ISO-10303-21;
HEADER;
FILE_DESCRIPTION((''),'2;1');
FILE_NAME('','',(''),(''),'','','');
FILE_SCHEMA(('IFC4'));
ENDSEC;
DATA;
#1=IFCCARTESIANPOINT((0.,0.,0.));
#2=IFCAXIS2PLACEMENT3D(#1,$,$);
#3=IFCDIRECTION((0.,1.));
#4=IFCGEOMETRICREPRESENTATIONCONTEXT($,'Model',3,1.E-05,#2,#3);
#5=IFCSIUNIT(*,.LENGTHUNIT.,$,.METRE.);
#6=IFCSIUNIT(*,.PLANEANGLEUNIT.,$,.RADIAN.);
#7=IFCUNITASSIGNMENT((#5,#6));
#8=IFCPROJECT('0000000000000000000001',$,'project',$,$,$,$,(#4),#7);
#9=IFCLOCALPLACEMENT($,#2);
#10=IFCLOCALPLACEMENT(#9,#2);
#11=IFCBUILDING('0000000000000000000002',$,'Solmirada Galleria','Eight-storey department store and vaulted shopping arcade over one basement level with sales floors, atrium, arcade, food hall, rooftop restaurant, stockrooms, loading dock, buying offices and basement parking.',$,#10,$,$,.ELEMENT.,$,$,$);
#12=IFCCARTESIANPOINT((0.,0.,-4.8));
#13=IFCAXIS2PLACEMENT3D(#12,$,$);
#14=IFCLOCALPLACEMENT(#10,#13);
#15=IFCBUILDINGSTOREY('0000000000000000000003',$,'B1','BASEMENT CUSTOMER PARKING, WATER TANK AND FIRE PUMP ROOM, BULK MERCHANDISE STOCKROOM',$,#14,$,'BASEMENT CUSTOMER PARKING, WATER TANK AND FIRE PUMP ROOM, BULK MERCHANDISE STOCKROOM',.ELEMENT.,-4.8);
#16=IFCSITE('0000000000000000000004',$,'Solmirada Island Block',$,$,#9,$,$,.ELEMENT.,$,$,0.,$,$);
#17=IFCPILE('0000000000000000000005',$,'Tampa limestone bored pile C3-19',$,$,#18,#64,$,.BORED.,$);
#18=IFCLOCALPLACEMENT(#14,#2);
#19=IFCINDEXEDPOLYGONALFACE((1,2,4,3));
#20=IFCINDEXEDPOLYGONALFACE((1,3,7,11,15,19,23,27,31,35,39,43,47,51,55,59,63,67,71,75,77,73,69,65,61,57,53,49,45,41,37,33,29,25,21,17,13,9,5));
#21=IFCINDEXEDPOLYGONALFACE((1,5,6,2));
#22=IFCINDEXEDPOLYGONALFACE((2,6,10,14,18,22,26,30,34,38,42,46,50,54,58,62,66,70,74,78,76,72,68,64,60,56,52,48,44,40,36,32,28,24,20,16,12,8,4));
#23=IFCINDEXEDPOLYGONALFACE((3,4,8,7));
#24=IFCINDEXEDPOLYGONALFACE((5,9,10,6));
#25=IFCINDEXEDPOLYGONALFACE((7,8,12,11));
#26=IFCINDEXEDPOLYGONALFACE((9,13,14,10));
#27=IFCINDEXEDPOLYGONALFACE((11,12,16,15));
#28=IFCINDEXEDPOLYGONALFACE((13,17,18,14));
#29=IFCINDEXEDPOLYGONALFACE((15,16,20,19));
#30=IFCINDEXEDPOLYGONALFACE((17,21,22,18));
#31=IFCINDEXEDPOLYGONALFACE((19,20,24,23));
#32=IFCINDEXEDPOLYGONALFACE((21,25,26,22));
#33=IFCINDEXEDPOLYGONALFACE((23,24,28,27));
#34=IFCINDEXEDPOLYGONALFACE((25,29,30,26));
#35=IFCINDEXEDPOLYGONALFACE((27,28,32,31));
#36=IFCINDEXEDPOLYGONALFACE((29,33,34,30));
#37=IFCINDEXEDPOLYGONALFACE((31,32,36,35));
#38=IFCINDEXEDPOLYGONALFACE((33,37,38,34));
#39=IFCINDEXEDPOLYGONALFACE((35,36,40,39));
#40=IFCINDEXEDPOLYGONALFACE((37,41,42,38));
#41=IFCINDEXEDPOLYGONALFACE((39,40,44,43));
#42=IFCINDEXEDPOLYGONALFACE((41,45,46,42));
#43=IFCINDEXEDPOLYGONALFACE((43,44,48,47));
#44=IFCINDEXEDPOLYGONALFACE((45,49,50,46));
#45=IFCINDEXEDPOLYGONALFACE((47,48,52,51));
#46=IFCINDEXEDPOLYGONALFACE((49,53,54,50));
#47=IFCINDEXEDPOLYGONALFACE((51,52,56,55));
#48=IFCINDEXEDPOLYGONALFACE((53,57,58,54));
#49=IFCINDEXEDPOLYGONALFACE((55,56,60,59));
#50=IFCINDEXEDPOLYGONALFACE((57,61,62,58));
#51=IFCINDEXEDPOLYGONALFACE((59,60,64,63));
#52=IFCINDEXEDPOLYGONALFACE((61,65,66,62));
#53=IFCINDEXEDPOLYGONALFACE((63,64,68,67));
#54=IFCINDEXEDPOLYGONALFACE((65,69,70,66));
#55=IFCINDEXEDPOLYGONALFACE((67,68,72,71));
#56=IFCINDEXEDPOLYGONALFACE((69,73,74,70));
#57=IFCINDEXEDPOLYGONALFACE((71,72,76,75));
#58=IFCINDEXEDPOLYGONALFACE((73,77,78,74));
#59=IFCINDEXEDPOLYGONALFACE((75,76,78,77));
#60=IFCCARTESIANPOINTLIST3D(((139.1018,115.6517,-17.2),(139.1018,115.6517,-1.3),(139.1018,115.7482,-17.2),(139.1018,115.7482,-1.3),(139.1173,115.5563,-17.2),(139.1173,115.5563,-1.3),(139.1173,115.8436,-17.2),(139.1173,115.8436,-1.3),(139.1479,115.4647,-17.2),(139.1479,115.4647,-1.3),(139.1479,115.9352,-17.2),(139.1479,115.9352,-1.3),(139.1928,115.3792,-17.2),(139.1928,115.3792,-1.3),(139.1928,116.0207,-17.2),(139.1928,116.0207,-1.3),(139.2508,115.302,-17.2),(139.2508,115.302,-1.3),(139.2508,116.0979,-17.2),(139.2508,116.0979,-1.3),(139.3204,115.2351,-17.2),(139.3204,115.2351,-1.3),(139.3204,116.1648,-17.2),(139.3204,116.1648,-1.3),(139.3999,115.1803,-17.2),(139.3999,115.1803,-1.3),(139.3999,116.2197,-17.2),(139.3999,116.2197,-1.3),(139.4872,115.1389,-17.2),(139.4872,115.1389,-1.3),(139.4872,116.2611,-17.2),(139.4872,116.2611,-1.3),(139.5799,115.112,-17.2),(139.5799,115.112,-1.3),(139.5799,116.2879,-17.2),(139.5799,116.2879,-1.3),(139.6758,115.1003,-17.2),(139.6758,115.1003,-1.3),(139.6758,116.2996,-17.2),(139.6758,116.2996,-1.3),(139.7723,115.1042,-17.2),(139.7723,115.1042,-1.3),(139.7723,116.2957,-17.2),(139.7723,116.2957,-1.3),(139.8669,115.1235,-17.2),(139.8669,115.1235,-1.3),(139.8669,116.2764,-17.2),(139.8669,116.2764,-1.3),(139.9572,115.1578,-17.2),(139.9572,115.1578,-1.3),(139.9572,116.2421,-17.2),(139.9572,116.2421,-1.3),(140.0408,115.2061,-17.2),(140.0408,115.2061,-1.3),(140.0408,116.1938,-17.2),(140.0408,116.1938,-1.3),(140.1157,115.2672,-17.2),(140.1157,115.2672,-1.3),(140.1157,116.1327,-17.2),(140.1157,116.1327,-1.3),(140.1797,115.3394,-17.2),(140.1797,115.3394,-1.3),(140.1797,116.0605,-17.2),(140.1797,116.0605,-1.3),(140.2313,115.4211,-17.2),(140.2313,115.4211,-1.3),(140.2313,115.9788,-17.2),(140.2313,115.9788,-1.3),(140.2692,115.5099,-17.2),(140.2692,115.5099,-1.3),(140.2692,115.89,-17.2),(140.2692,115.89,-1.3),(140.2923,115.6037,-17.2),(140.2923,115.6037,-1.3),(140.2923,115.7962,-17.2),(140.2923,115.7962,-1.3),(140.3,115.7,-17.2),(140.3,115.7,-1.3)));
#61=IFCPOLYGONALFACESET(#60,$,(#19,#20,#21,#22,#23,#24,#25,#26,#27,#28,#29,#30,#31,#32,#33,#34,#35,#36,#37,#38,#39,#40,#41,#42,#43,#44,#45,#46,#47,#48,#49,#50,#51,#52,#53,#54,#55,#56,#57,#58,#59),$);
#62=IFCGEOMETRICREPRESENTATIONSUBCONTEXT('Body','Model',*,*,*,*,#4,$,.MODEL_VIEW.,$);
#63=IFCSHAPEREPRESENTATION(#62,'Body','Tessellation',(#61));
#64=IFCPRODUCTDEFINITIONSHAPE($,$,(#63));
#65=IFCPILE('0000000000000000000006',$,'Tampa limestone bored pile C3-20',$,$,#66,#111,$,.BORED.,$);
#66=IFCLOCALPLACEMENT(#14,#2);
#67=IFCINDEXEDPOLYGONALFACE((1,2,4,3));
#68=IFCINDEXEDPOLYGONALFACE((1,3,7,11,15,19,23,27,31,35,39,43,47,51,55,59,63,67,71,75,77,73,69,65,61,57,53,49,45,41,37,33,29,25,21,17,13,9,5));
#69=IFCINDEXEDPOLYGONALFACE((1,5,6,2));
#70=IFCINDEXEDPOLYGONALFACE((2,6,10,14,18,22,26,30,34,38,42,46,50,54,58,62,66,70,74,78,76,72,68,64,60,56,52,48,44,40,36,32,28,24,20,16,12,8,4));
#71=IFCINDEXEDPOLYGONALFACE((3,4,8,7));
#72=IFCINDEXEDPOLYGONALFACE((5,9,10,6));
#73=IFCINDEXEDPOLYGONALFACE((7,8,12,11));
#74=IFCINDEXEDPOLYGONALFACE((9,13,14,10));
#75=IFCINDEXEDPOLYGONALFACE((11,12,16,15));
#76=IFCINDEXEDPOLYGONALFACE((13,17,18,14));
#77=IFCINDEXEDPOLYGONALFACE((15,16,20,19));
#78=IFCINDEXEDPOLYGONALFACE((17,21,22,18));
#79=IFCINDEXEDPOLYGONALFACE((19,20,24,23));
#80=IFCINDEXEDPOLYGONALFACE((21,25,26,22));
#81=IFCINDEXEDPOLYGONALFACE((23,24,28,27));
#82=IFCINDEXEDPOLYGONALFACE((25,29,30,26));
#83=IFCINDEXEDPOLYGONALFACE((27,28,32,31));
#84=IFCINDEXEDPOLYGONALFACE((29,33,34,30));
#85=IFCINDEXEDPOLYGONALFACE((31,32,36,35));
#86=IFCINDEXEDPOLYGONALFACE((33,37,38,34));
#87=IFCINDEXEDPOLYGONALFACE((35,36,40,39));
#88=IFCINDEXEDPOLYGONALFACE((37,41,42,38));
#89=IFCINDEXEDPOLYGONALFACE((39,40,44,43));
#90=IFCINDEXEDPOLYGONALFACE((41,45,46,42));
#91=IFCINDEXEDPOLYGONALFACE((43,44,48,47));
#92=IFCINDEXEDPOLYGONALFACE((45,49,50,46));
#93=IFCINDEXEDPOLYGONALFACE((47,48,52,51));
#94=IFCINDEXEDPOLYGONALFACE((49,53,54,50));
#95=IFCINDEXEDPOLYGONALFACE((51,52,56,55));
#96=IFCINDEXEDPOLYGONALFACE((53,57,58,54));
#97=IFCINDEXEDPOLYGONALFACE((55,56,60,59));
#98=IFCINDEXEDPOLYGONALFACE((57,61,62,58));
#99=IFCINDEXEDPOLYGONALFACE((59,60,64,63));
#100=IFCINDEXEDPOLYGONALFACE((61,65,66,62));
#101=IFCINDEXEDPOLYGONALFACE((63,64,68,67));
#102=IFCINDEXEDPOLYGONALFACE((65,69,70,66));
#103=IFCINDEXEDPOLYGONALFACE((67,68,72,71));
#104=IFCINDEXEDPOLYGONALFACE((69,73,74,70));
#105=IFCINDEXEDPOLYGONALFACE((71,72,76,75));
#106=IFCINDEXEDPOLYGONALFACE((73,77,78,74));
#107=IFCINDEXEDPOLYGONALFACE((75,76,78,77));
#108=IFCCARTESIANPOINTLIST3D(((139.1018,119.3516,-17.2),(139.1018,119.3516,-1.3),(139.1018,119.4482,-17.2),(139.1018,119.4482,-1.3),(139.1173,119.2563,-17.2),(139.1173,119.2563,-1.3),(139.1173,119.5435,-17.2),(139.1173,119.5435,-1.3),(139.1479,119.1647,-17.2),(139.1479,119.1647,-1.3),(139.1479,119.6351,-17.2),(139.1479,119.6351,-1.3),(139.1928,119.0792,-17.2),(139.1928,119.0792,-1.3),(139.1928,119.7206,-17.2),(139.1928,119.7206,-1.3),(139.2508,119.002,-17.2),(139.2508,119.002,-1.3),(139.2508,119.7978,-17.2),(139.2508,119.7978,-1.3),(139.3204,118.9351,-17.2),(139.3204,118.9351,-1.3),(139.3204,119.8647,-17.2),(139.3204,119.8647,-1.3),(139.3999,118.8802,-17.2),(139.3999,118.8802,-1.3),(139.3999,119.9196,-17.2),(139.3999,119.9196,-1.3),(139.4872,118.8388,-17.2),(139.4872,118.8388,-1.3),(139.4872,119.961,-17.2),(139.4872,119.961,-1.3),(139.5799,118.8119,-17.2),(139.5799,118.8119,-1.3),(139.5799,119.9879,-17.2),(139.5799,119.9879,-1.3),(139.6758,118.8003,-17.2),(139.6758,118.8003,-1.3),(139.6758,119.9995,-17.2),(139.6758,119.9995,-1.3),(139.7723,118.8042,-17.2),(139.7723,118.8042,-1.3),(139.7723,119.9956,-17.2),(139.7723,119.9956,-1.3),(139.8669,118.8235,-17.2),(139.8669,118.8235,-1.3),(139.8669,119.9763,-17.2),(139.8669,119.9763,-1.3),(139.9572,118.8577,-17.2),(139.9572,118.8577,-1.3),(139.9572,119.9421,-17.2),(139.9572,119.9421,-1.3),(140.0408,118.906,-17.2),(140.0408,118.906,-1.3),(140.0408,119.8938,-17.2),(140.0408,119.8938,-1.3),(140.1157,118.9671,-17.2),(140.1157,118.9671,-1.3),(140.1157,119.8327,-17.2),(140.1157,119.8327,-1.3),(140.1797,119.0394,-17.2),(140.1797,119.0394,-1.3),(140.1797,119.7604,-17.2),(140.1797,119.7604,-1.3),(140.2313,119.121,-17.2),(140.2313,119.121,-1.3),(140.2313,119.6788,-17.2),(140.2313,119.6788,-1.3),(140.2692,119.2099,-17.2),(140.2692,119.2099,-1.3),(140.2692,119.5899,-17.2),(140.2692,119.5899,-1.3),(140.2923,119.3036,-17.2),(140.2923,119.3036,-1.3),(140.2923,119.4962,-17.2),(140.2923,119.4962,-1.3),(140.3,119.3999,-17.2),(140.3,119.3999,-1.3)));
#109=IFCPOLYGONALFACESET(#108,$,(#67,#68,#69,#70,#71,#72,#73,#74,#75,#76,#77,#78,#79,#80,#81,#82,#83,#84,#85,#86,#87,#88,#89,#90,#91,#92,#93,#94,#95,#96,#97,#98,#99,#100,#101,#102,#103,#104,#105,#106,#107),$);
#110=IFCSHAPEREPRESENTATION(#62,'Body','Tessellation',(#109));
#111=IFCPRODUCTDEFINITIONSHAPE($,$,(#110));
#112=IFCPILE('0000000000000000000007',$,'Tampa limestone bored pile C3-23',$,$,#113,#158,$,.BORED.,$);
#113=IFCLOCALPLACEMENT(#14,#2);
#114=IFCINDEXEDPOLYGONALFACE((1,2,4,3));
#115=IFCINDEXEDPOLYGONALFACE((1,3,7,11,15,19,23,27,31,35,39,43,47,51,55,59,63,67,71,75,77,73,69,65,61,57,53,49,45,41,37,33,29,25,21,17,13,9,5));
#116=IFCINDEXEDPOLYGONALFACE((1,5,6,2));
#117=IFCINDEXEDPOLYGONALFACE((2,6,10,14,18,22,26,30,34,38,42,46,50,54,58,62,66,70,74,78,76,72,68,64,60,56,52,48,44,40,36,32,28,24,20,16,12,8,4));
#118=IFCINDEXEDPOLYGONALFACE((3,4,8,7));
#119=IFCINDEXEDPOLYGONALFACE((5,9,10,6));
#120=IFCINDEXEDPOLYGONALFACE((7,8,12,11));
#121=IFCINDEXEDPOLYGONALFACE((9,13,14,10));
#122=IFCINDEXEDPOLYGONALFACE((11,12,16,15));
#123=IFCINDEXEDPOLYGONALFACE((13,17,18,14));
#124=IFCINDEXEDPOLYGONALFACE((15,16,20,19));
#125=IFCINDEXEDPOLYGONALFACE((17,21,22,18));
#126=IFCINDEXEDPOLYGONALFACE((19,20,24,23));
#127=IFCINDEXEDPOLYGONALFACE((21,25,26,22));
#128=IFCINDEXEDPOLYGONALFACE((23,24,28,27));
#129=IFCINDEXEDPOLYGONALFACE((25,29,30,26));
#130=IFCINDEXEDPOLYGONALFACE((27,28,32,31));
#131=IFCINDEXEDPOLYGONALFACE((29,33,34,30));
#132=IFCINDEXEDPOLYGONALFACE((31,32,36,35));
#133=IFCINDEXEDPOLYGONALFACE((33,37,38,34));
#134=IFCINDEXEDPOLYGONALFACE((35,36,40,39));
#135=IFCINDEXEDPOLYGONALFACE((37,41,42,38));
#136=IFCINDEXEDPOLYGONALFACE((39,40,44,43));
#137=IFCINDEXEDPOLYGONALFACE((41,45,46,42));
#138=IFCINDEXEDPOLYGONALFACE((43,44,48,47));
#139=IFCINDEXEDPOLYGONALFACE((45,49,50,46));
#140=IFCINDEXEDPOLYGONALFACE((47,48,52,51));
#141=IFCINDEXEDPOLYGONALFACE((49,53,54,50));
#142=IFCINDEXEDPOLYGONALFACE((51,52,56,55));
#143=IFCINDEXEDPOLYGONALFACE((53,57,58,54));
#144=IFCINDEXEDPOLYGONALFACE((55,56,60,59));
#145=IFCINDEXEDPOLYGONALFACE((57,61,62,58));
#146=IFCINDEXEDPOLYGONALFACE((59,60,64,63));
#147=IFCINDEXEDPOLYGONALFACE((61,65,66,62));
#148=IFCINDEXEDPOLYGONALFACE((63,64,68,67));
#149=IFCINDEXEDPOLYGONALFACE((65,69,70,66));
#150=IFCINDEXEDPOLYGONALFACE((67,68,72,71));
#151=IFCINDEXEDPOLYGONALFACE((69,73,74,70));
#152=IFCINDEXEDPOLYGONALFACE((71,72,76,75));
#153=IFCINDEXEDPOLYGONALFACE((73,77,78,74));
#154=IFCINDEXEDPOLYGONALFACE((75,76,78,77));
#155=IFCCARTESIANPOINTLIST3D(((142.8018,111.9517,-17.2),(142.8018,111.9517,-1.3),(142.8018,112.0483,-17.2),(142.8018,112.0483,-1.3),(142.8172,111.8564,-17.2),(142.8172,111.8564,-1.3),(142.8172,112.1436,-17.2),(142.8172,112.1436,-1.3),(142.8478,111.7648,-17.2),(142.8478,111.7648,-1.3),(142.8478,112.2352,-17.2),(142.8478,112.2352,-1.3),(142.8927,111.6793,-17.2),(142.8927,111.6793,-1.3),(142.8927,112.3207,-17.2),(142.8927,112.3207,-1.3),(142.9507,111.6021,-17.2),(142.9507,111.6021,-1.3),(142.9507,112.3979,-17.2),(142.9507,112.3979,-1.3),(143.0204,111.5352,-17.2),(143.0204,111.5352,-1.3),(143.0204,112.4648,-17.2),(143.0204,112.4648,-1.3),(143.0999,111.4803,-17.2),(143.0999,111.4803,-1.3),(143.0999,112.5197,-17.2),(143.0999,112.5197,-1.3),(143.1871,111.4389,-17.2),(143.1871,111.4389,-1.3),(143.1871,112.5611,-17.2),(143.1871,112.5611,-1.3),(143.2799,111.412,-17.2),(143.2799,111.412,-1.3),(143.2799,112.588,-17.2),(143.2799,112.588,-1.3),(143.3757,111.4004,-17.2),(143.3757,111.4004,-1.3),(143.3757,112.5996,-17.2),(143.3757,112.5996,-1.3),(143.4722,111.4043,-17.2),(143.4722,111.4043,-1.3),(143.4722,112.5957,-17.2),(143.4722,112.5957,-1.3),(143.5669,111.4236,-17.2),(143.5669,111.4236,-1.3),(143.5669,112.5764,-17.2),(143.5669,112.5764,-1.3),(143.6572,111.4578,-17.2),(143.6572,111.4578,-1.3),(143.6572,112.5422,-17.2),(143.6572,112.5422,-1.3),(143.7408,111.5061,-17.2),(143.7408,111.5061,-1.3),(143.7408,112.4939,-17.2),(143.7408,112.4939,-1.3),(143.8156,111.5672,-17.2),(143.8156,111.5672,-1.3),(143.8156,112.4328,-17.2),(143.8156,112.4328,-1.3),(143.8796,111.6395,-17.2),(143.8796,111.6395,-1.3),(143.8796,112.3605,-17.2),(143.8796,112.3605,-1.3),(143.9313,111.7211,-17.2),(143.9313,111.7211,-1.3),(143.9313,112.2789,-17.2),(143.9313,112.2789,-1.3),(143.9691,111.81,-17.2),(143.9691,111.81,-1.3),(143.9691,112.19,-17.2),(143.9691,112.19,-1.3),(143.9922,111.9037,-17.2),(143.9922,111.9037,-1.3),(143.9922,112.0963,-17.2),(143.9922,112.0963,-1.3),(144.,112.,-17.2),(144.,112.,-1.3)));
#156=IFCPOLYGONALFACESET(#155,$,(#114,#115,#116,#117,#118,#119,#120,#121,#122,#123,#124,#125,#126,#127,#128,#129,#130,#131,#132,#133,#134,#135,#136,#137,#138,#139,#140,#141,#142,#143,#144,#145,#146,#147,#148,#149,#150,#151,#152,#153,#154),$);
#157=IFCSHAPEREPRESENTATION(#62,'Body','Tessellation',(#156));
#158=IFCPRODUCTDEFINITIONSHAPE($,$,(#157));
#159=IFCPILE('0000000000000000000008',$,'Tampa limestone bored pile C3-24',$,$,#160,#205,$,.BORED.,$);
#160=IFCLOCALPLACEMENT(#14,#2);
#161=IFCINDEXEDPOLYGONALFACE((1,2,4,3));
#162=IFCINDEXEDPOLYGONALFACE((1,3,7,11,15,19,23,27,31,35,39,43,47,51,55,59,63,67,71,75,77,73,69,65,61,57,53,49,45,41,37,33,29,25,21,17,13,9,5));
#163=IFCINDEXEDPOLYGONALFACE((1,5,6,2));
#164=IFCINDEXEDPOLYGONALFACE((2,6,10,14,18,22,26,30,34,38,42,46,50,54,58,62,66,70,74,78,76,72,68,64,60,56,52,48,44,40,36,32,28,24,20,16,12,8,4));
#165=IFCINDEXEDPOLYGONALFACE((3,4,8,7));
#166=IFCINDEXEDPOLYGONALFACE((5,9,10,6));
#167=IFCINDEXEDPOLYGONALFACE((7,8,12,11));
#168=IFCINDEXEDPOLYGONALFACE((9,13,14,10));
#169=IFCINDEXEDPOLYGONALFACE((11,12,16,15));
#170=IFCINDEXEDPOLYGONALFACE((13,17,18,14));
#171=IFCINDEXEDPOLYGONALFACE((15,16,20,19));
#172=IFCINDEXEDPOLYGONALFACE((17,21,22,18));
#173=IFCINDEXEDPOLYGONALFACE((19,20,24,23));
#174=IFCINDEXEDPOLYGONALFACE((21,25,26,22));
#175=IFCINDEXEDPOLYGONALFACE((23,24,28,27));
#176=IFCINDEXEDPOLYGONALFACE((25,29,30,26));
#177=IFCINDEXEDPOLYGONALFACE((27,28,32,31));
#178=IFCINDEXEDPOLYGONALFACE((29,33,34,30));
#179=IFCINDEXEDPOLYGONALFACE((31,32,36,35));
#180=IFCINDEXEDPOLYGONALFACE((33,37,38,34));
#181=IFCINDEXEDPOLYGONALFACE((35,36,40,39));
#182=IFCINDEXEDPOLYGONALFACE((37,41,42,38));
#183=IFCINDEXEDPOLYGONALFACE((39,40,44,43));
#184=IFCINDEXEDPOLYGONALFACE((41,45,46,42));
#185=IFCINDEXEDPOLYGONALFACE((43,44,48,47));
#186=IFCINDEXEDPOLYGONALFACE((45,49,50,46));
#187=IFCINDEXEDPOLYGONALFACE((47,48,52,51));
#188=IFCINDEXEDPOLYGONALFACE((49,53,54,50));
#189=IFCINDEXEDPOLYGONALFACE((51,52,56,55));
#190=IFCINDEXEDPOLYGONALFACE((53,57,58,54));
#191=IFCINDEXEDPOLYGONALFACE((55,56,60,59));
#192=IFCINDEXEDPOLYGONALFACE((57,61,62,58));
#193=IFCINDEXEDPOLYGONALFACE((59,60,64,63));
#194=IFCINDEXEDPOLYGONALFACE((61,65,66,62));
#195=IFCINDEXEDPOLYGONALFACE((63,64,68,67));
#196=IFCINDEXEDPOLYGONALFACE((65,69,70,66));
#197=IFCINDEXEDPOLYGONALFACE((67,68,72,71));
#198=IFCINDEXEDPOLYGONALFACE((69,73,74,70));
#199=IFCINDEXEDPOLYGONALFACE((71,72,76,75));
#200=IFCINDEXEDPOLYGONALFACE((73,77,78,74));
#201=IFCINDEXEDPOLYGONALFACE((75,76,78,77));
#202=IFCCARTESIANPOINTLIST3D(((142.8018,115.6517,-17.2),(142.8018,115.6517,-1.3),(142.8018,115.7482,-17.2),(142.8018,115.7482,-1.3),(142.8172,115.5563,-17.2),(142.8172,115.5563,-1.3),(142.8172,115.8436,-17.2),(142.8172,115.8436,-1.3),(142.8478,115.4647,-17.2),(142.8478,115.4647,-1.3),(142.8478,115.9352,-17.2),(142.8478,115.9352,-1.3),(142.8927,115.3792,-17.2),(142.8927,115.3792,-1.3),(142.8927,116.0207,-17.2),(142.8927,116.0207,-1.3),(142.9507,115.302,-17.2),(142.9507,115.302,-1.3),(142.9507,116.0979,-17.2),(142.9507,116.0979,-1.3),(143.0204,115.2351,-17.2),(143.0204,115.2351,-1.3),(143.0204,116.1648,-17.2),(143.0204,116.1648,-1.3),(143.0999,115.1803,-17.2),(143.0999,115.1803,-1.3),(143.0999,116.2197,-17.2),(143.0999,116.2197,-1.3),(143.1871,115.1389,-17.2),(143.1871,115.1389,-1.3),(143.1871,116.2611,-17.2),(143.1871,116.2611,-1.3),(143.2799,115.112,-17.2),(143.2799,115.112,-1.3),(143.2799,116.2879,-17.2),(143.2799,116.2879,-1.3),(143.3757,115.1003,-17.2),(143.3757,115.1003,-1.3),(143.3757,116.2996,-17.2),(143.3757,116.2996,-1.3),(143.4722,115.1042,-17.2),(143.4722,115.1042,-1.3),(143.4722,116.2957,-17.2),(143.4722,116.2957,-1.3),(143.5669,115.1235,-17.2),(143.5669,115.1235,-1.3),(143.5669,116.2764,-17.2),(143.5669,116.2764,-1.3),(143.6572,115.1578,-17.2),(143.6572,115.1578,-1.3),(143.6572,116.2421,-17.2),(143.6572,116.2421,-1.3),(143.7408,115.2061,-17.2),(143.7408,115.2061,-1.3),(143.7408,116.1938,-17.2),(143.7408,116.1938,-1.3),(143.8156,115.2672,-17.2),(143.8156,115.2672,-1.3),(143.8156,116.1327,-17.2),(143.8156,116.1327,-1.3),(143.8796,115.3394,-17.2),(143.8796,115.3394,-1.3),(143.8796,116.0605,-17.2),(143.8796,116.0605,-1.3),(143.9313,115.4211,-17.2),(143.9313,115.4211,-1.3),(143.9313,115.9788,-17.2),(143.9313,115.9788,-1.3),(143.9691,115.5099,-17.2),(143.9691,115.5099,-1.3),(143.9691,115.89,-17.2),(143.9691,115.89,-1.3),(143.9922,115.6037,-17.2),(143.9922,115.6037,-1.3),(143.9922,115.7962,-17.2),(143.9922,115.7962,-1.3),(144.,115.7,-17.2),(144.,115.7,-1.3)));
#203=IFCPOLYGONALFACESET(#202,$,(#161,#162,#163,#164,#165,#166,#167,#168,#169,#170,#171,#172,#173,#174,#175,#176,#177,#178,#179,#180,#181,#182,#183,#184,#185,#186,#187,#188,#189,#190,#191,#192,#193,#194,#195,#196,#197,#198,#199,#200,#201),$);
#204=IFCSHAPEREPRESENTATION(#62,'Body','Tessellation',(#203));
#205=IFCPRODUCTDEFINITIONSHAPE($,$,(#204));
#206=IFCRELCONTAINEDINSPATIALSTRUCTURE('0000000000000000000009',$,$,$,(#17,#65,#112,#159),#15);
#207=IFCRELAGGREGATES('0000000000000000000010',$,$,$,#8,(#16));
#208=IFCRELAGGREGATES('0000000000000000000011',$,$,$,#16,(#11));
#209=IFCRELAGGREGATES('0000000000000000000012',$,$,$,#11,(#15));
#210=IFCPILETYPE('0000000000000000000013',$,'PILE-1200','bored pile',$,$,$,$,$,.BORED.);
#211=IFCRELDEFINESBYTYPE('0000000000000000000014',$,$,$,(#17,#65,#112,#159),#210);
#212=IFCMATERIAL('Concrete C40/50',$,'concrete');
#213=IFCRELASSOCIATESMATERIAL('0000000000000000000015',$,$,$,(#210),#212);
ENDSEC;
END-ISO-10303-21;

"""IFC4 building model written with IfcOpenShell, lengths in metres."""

from ifc_helpers import new_model, si_unit, direction, frame, origin, origin_2d, place, context, subcontext, project, spatial, circle, extrude, material, material_profile, profile_set, type_object, element, save


model = new_model("IFC4")

# Units and contexts
model_context = context("Model", 3, precision=1e-05, world=origin(), true_north=direction((0.0, 1.0)))
body_context = subcontext(model_context, "Body", "Model", "MODEL_VIEW")
ifc_project = project(units=[si_unit("LENGTHUNIT", "METRE"), si_unit("PLANEANGLEUNIT", "RADIAN")], contexts=[model_context])

# Site, building, storey
site_placement = place(None, origin())
site = spatial("IfcSite", under=ifc_project, at=site_placement, Name="Solmirada Island Block", CompositionType="ELEMENT", RefElevation=0.0)
building_placement = place(site_placement, origin())
building = spatial("IfcBuilding", under=site, at=building_placement, Name="Solmirada Galleria", Description="Eight-storey department store and vaulted shopping arcade over one basement level with sales floors, atrium, arcade, food hall, rooftop restaurant, stockrooms, loading dock, buying offices and basement parking.", CompositionType="ELEMENT")
storey_placement = place(building_placement, frame((0.0, 0.0, -4.8)))
storey = spatial("IfcBuildingStorey", under=building, at=storey_placement, Name="B1", Description="BASEMENT CUSTOMER PARKING, WATER TANK AND FIRE PUMP ROOM, BULK MERCHANDISE STOCKROOM", LongName="BASEMENT CUSTOMER PARKING, WATER TANK AND FIRE PUMP ROOM, BULK MERCHANDISE STOCKROOM", CompositionType="ELEMENT", Elevation=-4.8)

# Piles
ifc_material_1 = material(Name="Concrete C40/50", Category="concrete")
ifc_material_profile_1 = material_profile(ifc_material_1, circle(Radius=0.6001, at=origin_2d()), Name="PILE1200")
ifc_profile_set_1 = profile_set([ifc_material_profile_1], Name="Concrete C40/50")
pile_type = type_object("IfcPileType", Name="PILE-1200", Description="bored pile", PredefinedType="BORED", material=ifc_profile_set_1)
for number, where, z_axis, x_axis, name in (
    (1, (139.7, 115.7, -1.3), (0.0, 0.0, -1.0), (1.0, 0.0, 0.0), "Tampa limestone bored pile C3-19"),
    (2, (139.7, 119.3999, -1.3), (0.0, 0.0, -1.0), (1.0, 0.0, 0.0), "Tampa limestone bored pile C3-20"),
    (3, (143.3999, 112.0, -1.3), (0.0, 0.0, -1.0), (1.0, 0.0, 0.0), "Tampa limestone bored pile C3-23"),
    (4, (143.3999, 115.7, -1.3), (0.0, 0.0, -1.0), (1.0, 0.0, 0.0), "Tampa limestone bored pile C3-24"),
):
    element("IfcPile", number, at=place(storey_placement, frame(where, z_axis=z_axis, x_axis=x_axis)), inside=storey, type_object=pile_type, Name=name, PredefinedType="BORED", context=body_context, shape_type="SweptSolid", body=[
        extrude(circle(Radius=0.6001, at=origin_2d()), origin(), (0.0, 0.0, 1.0), 15.8999),
    ])

save(model, "model.ifc")
